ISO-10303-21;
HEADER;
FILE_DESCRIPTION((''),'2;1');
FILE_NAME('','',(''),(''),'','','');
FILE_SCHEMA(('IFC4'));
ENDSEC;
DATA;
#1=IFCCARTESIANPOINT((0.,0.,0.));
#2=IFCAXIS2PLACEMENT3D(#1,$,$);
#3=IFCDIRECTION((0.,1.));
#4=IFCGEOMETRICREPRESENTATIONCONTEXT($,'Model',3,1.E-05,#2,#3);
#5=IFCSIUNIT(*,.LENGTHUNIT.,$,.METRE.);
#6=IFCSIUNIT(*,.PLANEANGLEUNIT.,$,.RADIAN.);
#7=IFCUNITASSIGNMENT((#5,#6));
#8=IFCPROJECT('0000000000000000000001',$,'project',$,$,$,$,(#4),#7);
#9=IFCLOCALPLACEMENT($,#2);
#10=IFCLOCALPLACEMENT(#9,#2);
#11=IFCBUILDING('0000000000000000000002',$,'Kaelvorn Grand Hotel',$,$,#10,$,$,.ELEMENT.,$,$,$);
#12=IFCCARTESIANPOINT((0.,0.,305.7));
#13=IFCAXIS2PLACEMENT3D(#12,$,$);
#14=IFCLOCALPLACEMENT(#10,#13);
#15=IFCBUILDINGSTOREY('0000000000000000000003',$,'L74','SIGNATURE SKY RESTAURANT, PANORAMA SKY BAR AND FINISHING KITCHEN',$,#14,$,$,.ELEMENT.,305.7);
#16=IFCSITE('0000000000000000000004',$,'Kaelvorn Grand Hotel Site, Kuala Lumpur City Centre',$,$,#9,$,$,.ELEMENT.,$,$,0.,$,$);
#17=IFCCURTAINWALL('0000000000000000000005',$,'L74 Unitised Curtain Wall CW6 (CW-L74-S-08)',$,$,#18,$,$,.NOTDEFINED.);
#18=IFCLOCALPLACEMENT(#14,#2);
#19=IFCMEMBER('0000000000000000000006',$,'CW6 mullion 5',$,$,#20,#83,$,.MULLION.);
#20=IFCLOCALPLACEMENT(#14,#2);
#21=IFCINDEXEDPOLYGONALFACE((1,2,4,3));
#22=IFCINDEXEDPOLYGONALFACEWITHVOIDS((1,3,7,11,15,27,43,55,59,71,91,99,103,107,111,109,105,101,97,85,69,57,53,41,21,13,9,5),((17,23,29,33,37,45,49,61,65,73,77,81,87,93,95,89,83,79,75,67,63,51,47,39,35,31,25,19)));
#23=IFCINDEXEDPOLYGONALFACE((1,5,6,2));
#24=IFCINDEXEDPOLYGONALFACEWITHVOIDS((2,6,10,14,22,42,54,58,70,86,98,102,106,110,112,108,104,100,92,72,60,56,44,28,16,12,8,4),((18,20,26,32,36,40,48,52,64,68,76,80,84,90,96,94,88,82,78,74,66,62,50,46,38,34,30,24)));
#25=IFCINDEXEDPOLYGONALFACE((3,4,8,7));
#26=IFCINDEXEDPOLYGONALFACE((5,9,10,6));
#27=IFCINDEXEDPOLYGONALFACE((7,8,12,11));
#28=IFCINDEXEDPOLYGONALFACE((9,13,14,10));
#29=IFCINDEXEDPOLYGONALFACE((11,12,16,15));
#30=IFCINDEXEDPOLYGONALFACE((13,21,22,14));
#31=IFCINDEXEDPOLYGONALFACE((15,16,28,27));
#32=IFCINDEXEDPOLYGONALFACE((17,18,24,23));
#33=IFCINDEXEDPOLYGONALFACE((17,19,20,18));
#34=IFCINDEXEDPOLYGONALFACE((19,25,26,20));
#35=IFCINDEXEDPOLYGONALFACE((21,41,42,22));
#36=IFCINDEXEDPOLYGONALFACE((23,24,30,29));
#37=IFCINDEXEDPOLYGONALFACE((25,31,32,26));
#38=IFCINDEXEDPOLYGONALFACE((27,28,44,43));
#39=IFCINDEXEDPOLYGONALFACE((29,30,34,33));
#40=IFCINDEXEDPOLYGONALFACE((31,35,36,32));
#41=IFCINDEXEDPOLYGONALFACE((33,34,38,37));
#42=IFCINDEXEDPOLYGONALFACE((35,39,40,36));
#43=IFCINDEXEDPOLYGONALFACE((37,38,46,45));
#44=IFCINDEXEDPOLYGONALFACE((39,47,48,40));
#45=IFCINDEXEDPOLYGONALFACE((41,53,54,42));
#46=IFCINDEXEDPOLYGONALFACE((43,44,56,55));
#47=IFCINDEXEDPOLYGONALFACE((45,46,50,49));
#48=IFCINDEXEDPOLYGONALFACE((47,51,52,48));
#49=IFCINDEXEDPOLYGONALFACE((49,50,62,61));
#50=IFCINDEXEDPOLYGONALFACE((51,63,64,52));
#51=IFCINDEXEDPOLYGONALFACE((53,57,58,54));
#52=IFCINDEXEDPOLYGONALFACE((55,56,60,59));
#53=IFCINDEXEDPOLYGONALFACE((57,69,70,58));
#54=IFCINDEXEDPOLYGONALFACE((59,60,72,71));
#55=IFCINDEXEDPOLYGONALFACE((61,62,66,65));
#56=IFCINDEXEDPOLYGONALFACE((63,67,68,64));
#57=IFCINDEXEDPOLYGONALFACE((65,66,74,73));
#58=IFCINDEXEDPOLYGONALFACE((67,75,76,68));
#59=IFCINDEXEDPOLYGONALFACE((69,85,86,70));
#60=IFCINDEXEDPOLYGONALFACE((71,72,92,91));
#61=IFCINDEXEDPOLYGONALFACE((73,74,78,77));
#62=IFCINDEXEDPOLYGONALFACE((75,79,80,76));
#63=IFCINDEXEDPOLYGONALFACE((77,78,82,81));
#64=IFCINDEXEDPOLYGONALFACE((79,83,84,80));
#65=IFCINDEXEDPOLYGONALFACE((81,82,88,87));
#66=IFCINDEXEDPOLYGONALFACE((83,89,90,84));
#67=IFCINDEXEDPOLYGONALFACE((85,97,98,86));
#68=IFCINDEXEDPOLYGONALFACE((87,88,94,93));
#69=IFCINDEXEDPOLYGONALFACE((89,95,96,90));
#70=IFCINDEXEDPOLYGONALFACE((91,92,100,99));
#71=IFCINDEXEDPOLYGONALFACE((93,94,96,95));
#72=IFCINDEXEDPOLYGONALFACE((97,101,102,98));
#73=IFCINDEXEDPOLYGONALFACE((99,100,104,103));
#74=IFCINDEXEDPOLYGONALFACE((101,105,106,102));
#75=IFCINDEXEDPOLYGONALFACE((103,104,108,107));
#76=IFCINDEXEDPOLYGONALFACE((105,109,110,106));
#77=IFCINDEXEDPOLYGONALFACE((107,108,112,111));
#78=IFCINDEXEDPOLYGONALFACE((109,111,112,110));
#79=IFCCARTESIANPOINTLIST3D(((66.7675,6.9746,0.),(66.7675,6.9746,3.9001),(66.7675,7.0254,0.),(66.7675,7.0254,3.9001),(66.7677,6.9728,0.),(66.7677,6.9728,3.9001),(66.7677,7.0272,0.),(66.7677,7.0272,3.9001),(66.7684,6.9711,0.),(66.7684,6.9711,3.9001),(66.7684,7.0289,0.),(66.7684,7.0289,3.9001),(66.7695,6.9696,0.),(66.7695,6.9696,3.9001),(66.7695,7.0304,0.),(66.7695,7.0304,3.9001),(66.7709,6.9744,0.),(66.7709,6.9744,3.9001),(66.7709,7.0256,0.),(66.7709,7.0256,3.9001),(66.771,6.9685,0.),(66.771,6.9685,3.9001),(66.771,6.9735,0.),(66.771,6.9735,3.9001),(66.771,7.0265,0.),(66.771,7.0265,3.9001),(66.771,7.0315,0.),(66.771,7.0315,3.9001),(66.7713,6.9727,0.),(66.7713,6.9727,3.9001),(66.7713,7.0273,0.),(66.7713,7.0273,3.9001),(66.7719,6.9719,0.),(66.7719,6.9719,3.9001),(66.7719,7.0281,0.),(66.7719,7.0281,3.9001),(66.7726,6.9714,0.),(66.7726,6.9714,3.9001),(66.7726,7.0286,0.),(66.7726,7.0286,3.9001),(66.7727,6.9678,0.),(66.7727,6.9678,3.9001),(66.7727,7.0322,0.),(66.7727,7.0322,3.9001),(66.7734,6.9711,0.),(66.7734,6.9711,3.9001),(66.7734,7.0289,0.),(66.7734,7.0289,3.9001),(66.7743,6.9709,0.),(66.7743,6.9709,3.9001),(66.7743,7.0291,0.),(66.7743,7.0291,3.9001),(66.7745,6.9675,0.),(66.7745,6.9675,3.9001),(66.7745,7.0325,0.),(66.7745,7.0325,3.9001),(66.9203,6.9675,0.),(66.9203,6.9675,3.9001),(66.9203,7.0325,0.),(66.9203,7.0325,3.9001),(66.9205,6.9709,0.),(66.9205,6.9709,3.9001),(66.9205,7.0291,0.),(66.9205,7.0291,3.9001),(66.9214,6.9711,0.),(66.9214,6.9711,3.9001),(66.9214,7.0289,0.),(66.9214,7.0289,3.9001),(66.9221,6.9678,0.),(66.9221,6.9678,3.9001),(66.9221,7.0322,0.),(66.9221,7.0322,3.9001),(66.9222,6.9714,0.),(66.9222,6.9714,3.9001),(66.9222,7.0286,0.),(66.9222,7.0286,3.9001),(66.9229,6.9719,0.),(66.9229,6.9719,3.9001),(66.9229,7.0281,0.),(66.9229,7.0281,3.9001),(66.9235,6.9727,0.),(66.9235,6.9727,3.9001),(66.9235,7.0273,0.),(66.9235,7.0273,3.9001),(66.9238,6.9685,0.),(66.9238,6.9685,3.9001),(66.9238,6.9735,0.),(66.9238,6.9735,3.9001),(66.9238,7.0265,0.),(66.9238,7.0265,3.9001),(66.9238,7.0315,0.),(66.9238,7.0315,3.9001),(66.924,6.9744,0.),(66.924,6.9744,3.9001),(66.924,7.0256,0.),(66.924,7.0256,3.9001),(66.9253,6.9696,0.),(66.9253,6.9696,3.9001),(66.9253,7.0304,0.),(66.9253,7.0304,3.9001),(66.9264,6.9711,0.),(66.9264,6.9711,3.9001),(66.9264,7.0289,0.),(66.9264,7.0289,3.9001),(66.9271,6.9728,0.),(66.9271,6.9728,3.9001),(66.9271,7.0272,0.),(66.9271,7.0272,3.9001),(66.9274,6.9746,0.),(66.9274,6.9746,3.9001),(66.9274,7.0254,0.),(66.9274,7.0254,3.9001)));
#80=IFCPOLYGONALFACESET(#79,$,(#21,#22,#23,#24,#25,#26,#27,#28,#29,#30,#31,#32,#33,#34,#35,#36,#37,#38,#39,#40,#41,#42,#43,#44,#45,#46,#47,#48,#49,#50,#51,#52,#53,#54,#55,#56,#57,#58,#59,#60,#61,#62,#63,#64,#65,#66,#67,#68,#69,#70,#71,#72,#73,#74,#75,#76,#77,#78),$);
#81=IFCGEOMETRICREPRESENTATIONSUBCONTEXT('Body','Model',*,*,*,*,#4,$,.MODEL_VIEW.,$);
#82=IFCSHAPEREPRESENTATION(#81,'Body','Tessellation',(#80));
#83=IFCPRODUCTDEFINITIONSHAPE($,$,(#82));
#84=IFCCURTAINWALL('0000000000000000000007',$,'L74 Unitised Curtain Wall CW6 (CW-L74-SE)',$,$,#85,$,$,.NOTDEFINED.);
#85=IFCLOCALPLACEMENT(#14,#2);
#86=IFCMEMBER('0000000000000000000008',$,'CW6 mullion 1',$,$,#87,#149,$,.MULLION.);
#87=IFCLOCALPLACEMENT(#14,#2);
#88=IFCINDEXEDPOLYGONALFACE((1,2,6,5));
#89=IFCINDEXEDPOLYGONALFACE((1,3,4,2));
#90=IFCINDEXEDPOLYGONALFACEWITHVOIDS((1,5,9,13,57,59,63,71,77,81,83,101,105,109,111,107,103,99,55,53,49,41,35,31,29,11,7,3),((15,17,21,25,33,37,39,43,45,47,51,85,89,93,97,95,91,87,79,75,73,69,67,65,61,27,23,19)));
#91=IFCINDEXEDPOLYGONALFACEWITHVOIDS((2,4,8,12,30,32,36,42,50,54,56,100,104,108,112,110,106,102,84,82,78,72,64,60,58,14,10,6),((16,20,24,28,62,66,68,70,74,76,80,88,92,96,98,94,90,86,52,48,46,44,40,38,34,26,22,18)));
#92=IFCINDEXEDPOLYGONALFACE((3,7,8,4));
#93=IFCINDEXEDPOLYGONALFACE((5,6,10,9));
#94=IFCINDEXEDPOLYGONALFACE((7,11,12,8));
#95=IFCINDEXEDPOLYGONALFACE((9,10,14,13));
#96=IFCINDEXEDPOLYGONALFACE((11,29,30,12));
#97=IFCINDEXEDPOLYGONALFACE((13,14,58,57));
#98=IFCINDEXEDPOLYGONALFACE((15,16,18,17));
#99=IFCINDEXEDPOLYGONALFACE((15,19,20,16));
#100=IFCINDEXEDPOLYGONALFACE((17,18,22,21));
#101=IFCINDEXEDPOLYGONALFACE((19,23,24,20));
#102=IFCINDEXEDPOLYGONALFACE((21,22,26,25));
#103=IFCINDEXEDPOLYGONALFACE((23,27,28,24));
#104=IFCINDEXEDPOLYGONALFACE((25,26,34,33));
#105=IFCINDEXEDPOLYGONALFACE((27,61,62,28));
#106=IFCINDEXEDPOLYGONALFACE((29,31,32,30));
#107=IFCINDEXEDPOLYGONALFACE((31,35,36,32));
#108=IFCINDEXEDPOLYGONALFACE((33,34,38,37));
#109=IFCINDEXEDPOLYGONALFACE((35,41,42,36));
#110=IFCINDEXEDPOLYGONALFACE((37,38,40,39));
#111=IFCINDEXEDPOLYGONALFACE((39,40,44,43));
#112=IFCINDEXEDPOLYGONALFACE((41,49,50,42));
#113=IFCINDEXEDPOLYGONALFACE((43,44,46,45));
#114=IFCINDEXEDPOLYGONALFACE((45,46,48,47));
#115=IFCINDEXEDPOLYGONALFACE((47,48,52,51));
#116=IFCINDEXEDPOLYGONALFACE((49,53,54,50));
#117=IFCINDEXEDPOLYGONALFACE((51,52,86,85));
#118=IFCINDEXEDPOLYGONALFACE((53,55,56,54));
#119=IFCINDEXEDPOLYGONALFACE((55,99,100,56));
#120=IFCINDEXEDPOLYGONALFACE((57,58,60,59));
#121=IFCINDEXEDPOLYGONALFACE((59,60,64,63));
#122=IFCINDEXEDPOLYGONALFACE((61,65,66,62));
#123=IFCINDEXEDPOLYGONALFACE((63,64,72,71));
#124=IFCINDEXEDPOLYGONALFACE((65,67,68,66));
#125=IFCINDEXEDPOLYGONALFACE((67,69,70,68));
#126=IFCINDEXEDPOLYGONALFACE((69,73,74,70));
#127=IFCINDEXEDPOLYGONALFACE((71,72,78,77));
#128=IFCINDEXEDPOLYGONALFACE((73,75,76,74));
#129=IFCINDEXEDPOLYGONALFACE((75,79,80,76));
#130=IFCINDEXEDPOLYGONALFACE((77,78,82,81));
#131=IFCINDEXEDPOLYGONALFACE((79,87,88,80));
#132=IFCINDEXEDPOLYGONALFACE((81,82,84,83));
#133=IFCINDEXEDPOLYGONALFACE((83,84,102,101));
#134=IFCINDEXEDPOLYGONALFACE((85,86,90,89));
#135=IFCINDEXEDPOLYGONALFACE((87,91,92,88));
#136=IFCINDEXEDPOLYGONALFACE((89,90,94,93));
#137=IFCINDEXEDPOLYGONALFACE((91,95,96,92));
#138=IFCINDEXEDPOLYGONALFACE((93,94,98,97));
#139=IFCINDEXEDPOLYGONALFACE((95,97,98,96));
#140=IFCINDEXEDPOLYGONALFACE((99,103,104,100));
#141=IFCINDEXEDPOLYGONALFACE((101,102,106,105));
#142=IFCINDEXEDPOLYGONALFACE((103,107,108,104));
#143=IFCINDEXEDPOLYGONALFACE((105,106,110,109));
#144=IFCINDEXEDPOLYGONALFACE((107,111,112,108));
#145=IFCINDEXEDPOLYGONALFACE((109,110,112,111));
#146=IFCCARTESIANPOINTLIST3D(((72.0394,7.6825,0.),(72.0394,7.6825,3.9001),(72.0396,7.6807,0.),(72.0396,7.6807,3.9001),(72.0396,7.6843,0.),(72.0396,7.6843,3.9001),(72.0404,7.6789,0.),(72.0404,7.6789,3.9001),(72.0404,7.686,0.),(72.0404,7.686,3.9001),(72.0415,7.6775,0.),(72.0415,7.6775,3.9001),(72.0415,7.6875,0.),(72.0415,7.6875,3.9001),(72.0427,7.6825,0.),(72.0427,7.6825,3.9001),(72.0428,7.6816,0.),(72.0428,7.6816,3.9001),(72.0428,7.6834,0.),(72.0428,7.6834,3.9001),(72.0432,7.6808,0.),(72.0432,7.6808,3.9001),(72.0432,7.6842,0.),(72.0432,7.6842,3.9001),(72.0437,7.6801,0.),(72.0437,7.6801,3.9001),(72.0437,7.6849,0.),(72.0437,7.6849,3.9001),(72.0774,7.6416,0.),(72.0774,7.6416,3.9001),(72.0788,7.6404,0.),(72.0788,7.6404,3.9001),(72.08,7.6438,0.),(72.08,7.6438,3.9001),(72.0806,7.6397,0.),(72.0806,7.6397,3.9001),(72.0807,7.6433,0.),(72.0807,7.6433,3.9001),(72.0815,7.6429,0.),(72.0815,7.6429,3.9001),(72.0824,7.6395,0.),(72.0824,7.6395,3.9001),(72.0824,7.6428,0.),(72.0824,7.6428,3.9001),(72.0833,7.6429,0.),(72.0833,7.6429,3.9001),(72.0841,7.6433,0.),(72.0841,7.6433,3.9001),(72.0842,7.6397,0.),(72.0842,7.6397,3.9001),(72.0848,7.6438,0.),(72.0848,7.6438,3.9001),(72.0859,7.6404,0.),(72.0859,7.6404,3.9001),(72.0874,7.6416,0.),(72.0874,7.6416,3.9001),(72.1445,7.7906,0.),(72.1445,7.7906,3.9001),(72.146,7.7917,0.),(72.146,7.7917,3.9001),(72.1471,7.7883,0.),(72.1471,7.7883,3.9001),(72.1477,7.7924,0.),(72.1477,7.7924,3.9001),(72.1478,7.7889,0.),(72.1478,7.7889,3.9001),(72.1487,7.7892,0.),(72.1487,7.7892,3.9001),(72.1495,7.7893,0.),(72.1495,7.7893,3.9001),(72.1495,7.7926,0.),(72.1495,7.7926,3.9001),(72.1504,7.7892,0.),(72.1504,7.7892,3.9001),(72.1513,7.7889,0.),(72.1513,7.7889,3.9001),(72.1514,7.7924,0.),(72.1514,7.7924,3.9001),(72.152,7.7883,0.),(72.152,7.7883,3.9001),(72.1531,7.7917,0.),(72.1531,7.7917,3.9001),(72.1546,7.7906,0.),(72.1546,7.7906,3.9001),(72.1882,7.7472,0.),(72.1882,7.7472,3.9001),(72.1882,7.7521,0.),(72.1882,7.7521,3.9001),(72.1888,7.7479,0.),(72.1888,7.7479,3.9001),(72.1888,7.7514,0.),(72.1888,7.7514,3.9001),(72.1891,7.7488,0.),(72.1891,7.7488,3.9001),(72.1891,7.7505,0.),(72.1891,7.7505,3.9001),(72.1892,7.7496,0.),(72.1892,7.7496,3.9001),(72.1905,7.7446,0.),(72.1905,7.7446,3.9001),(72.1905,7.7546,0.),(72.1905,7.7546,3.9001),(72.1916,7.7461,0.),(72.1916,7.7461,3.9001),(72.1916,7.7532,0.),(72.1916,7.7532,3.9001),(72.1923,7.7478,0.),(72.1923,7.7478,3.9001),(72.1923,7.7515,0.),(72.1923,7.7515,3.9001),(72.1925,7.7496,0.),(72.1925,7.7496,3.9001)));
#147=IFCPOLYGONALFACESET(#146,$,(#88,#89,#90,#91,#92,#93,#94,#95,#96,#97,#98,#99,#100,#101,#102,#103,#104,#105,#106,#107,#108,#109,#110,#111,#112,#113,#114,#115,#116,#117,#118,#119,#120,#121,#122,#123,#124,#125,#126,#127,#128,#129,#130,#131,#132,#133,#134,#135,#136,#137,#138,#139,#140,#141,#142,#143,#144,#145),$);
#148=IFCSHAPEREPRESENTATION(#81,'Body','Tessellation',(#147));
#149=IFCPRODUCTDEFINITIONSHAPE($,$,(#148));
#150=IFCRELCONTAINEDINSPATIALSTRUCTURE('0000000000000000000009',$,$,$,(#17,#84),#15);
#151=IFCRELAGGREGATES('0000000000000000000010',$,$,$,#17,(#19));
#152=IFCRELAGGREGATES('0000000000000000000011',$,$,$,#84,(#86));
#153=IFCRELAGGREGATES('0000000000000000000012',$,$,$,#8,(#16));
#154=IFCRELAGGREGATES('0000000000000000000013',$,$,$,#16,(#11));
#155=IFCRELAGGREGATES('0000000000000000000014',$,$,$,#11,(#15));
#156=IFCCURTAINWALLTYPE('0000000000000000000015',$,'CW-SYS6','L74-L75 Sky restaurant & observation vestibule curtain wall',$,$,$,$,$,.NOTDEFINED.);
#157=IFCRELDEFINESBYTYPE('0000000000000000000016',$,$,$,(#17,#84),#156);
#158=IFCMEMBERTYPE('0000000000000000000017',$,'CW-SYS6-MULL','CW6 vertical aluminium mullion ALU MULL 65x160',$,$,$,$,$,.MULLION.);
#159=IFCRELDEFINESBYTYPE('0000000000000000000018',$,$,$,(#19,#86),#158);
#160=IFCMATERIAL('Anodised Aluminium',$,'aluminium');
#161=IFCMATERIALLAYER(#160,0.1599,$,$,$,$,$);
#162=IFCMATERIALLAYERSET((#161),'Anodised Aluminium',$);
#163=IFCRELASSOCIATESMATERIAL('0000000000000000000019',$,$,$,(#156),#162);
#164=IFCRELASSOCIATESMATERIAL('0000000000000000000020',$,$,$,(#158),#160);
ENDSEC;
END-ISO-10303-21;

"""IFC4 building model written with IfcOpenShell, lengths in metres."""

from ifc_helpers import new_model, si_unit, direction, frame, origin, origin_2d, place, context, subcontext, project, spatial, hollow_rectangle, extrude, material, layer, layer_set, material_profile, profile_set, type_object, element, aggregate, save


model = new_model("IFC4")

# Units and contexts
model_context = context("Model", 3, precision=1e-05, world=origin(), true_north=direction((0.0, 1.0)))
body_context = subcontext(model_context, "Body", "Model", "MODEL_VIEW")
ifc_project = project(units=[si_unit("LENGTHUNIT", "METRE"), si_unit("PLANEANGLEUNIT", "RADIAN")], contexts=[model_context])

# Site, building, storey
site_placement = place(None, origin())
site = spatial("IfcSite", under=ifc_project, at=site_placement, Name="Kaelvorn Grand Hotel Site, Kuala Lumpur City Centre", CompositionType="ELEMENT", RefElevation=0.0)
building_placement = place(site_placement, origin())
building = spatial("IfcBuilding", under=site, at=building_placement, Name="Kaelvorn Grand Hotel", CompositionType="ELEMENT")
storey_placement = place(building_placement, frame((0.0, 0.0, 305.7)))
storey = spatial("IfcBuildingStorey", under=building, at=storey_placement, Name="L74", Description="SIGNATURE SKY RESTAURANT, PANORAMA SKY BAR AND FINISHING KITCHEN", CompositionType="ELEMENT", Elevation=305.7)

# Curtain wall, member
ifc_material_1 = material(Name="Anodised Aluminium", Category="aluminium")
ifc_layer_1 = layer(ifc_material_1, 0.1599)
ifc_layer_set_1 = layer_set([ifc_layer_1], Name="Anodised Aluminium")
curtain_wall_type = type_object("IfcCurtainWallType", Name="CW-SYS6", Description="L74-L75 Sky restaurant & observation vestibule curtain wall", PredefinedType="NOTDEFINED", material=ifc_layer_set_1)
curtain_wall_1_placement = place(storey_placement, origin())
curtain_wall_1 = element("IfcCurtainWall", 1, at=curtain_wall_1_placement, inside=storey, type_object=curtain_wall_type, Name="L74 Unitised Curtain Wall CW6 (CW-L74-S-08)", PredefinedType="NOTDEFINED")
ifc_material_profile_1 = material_profile(ifc_material_1, hollow_rectangle(XDim=0.0649, YDim=0.1599, WallThickness=0.0034, InnerFilletRadius=0.0034, OuterFilletRadius=0.0071, at=origin_2d()), Name="ALU MULL 65x160")
ifc_profile_set_1 = profile_set([ifc_material_profile_1], Name="Anodised Aluminium")
member_type_1 = type_object("IfcMemberType", Name="CW-SYS6-MULL", Description="CW6 vertical aluminium mullion ALU MULL 65x160", PredefinedType="MULLION", material=ifc_profile_set_1)
member_1_placement = place(storey_placement, frame((66.8474, 7.0, 0.0), z_axis=(0.0, 0.0, 1.0), x_axis=(0.0, 1.0, 0.0)))
member_1 = element("IfcMember", 2, at=member_1_placement, type_object=member_type_1, Name="CW6 mullion 5", PredefinedType="MULLION", context=body_context, shape_type="SweptSolid", body=[
    extrude(hollow_rectangle(XDim=0.0649, YDim=0.1599, WallThickness=0.0034, InnerFilletRadius=0.0034, OuterFilletRadius=0.0071, at=origin_2d()), origin(), (0.0, 0.0, 1.0), 3.9001),
])
aggregate(curtain_wall_1, [member_1])

# Curtain wall, member
curtain_wall_2_placement = place(storey_placement, origin())
curtain_wall_2 = element("IfcCurtainWall", 3, at=curtain_wall_2_placement, inside=storey, type_object=curtain_wall_type, Name="L74 Unitised Curtain Wall CW6 (CW-L74-SE)", PredefinedType="NOTDEFINED")
member_2_placement = place(storey_placement, frame((72.116, 7.7161, 0.0), z_axis=(0.0, 0.0, 1.0), x_axis=(-0.707107, 0.707107, 0.0)))
member_2 = element("IfcMember", 4, at=member_2_placement, type_object=member_type_1, Name="CW6 mullion 1", PredefinedType="MULLION", context=body_context, shape_type="SweptSolid", body=[
    extrude(hollow_rectangle(XDim=0.0649, YDim=0.1599, WallThickness=0.0034, InnerFilletRadius=0.0034, OuterFilletRadius=0.0071, at=origin_2d()), origin(), (0.0, 0.0, 1.0), 3.9001),
])
aggregate(curtain_wall_2, [member_2])

save(model, "model.ifc")
